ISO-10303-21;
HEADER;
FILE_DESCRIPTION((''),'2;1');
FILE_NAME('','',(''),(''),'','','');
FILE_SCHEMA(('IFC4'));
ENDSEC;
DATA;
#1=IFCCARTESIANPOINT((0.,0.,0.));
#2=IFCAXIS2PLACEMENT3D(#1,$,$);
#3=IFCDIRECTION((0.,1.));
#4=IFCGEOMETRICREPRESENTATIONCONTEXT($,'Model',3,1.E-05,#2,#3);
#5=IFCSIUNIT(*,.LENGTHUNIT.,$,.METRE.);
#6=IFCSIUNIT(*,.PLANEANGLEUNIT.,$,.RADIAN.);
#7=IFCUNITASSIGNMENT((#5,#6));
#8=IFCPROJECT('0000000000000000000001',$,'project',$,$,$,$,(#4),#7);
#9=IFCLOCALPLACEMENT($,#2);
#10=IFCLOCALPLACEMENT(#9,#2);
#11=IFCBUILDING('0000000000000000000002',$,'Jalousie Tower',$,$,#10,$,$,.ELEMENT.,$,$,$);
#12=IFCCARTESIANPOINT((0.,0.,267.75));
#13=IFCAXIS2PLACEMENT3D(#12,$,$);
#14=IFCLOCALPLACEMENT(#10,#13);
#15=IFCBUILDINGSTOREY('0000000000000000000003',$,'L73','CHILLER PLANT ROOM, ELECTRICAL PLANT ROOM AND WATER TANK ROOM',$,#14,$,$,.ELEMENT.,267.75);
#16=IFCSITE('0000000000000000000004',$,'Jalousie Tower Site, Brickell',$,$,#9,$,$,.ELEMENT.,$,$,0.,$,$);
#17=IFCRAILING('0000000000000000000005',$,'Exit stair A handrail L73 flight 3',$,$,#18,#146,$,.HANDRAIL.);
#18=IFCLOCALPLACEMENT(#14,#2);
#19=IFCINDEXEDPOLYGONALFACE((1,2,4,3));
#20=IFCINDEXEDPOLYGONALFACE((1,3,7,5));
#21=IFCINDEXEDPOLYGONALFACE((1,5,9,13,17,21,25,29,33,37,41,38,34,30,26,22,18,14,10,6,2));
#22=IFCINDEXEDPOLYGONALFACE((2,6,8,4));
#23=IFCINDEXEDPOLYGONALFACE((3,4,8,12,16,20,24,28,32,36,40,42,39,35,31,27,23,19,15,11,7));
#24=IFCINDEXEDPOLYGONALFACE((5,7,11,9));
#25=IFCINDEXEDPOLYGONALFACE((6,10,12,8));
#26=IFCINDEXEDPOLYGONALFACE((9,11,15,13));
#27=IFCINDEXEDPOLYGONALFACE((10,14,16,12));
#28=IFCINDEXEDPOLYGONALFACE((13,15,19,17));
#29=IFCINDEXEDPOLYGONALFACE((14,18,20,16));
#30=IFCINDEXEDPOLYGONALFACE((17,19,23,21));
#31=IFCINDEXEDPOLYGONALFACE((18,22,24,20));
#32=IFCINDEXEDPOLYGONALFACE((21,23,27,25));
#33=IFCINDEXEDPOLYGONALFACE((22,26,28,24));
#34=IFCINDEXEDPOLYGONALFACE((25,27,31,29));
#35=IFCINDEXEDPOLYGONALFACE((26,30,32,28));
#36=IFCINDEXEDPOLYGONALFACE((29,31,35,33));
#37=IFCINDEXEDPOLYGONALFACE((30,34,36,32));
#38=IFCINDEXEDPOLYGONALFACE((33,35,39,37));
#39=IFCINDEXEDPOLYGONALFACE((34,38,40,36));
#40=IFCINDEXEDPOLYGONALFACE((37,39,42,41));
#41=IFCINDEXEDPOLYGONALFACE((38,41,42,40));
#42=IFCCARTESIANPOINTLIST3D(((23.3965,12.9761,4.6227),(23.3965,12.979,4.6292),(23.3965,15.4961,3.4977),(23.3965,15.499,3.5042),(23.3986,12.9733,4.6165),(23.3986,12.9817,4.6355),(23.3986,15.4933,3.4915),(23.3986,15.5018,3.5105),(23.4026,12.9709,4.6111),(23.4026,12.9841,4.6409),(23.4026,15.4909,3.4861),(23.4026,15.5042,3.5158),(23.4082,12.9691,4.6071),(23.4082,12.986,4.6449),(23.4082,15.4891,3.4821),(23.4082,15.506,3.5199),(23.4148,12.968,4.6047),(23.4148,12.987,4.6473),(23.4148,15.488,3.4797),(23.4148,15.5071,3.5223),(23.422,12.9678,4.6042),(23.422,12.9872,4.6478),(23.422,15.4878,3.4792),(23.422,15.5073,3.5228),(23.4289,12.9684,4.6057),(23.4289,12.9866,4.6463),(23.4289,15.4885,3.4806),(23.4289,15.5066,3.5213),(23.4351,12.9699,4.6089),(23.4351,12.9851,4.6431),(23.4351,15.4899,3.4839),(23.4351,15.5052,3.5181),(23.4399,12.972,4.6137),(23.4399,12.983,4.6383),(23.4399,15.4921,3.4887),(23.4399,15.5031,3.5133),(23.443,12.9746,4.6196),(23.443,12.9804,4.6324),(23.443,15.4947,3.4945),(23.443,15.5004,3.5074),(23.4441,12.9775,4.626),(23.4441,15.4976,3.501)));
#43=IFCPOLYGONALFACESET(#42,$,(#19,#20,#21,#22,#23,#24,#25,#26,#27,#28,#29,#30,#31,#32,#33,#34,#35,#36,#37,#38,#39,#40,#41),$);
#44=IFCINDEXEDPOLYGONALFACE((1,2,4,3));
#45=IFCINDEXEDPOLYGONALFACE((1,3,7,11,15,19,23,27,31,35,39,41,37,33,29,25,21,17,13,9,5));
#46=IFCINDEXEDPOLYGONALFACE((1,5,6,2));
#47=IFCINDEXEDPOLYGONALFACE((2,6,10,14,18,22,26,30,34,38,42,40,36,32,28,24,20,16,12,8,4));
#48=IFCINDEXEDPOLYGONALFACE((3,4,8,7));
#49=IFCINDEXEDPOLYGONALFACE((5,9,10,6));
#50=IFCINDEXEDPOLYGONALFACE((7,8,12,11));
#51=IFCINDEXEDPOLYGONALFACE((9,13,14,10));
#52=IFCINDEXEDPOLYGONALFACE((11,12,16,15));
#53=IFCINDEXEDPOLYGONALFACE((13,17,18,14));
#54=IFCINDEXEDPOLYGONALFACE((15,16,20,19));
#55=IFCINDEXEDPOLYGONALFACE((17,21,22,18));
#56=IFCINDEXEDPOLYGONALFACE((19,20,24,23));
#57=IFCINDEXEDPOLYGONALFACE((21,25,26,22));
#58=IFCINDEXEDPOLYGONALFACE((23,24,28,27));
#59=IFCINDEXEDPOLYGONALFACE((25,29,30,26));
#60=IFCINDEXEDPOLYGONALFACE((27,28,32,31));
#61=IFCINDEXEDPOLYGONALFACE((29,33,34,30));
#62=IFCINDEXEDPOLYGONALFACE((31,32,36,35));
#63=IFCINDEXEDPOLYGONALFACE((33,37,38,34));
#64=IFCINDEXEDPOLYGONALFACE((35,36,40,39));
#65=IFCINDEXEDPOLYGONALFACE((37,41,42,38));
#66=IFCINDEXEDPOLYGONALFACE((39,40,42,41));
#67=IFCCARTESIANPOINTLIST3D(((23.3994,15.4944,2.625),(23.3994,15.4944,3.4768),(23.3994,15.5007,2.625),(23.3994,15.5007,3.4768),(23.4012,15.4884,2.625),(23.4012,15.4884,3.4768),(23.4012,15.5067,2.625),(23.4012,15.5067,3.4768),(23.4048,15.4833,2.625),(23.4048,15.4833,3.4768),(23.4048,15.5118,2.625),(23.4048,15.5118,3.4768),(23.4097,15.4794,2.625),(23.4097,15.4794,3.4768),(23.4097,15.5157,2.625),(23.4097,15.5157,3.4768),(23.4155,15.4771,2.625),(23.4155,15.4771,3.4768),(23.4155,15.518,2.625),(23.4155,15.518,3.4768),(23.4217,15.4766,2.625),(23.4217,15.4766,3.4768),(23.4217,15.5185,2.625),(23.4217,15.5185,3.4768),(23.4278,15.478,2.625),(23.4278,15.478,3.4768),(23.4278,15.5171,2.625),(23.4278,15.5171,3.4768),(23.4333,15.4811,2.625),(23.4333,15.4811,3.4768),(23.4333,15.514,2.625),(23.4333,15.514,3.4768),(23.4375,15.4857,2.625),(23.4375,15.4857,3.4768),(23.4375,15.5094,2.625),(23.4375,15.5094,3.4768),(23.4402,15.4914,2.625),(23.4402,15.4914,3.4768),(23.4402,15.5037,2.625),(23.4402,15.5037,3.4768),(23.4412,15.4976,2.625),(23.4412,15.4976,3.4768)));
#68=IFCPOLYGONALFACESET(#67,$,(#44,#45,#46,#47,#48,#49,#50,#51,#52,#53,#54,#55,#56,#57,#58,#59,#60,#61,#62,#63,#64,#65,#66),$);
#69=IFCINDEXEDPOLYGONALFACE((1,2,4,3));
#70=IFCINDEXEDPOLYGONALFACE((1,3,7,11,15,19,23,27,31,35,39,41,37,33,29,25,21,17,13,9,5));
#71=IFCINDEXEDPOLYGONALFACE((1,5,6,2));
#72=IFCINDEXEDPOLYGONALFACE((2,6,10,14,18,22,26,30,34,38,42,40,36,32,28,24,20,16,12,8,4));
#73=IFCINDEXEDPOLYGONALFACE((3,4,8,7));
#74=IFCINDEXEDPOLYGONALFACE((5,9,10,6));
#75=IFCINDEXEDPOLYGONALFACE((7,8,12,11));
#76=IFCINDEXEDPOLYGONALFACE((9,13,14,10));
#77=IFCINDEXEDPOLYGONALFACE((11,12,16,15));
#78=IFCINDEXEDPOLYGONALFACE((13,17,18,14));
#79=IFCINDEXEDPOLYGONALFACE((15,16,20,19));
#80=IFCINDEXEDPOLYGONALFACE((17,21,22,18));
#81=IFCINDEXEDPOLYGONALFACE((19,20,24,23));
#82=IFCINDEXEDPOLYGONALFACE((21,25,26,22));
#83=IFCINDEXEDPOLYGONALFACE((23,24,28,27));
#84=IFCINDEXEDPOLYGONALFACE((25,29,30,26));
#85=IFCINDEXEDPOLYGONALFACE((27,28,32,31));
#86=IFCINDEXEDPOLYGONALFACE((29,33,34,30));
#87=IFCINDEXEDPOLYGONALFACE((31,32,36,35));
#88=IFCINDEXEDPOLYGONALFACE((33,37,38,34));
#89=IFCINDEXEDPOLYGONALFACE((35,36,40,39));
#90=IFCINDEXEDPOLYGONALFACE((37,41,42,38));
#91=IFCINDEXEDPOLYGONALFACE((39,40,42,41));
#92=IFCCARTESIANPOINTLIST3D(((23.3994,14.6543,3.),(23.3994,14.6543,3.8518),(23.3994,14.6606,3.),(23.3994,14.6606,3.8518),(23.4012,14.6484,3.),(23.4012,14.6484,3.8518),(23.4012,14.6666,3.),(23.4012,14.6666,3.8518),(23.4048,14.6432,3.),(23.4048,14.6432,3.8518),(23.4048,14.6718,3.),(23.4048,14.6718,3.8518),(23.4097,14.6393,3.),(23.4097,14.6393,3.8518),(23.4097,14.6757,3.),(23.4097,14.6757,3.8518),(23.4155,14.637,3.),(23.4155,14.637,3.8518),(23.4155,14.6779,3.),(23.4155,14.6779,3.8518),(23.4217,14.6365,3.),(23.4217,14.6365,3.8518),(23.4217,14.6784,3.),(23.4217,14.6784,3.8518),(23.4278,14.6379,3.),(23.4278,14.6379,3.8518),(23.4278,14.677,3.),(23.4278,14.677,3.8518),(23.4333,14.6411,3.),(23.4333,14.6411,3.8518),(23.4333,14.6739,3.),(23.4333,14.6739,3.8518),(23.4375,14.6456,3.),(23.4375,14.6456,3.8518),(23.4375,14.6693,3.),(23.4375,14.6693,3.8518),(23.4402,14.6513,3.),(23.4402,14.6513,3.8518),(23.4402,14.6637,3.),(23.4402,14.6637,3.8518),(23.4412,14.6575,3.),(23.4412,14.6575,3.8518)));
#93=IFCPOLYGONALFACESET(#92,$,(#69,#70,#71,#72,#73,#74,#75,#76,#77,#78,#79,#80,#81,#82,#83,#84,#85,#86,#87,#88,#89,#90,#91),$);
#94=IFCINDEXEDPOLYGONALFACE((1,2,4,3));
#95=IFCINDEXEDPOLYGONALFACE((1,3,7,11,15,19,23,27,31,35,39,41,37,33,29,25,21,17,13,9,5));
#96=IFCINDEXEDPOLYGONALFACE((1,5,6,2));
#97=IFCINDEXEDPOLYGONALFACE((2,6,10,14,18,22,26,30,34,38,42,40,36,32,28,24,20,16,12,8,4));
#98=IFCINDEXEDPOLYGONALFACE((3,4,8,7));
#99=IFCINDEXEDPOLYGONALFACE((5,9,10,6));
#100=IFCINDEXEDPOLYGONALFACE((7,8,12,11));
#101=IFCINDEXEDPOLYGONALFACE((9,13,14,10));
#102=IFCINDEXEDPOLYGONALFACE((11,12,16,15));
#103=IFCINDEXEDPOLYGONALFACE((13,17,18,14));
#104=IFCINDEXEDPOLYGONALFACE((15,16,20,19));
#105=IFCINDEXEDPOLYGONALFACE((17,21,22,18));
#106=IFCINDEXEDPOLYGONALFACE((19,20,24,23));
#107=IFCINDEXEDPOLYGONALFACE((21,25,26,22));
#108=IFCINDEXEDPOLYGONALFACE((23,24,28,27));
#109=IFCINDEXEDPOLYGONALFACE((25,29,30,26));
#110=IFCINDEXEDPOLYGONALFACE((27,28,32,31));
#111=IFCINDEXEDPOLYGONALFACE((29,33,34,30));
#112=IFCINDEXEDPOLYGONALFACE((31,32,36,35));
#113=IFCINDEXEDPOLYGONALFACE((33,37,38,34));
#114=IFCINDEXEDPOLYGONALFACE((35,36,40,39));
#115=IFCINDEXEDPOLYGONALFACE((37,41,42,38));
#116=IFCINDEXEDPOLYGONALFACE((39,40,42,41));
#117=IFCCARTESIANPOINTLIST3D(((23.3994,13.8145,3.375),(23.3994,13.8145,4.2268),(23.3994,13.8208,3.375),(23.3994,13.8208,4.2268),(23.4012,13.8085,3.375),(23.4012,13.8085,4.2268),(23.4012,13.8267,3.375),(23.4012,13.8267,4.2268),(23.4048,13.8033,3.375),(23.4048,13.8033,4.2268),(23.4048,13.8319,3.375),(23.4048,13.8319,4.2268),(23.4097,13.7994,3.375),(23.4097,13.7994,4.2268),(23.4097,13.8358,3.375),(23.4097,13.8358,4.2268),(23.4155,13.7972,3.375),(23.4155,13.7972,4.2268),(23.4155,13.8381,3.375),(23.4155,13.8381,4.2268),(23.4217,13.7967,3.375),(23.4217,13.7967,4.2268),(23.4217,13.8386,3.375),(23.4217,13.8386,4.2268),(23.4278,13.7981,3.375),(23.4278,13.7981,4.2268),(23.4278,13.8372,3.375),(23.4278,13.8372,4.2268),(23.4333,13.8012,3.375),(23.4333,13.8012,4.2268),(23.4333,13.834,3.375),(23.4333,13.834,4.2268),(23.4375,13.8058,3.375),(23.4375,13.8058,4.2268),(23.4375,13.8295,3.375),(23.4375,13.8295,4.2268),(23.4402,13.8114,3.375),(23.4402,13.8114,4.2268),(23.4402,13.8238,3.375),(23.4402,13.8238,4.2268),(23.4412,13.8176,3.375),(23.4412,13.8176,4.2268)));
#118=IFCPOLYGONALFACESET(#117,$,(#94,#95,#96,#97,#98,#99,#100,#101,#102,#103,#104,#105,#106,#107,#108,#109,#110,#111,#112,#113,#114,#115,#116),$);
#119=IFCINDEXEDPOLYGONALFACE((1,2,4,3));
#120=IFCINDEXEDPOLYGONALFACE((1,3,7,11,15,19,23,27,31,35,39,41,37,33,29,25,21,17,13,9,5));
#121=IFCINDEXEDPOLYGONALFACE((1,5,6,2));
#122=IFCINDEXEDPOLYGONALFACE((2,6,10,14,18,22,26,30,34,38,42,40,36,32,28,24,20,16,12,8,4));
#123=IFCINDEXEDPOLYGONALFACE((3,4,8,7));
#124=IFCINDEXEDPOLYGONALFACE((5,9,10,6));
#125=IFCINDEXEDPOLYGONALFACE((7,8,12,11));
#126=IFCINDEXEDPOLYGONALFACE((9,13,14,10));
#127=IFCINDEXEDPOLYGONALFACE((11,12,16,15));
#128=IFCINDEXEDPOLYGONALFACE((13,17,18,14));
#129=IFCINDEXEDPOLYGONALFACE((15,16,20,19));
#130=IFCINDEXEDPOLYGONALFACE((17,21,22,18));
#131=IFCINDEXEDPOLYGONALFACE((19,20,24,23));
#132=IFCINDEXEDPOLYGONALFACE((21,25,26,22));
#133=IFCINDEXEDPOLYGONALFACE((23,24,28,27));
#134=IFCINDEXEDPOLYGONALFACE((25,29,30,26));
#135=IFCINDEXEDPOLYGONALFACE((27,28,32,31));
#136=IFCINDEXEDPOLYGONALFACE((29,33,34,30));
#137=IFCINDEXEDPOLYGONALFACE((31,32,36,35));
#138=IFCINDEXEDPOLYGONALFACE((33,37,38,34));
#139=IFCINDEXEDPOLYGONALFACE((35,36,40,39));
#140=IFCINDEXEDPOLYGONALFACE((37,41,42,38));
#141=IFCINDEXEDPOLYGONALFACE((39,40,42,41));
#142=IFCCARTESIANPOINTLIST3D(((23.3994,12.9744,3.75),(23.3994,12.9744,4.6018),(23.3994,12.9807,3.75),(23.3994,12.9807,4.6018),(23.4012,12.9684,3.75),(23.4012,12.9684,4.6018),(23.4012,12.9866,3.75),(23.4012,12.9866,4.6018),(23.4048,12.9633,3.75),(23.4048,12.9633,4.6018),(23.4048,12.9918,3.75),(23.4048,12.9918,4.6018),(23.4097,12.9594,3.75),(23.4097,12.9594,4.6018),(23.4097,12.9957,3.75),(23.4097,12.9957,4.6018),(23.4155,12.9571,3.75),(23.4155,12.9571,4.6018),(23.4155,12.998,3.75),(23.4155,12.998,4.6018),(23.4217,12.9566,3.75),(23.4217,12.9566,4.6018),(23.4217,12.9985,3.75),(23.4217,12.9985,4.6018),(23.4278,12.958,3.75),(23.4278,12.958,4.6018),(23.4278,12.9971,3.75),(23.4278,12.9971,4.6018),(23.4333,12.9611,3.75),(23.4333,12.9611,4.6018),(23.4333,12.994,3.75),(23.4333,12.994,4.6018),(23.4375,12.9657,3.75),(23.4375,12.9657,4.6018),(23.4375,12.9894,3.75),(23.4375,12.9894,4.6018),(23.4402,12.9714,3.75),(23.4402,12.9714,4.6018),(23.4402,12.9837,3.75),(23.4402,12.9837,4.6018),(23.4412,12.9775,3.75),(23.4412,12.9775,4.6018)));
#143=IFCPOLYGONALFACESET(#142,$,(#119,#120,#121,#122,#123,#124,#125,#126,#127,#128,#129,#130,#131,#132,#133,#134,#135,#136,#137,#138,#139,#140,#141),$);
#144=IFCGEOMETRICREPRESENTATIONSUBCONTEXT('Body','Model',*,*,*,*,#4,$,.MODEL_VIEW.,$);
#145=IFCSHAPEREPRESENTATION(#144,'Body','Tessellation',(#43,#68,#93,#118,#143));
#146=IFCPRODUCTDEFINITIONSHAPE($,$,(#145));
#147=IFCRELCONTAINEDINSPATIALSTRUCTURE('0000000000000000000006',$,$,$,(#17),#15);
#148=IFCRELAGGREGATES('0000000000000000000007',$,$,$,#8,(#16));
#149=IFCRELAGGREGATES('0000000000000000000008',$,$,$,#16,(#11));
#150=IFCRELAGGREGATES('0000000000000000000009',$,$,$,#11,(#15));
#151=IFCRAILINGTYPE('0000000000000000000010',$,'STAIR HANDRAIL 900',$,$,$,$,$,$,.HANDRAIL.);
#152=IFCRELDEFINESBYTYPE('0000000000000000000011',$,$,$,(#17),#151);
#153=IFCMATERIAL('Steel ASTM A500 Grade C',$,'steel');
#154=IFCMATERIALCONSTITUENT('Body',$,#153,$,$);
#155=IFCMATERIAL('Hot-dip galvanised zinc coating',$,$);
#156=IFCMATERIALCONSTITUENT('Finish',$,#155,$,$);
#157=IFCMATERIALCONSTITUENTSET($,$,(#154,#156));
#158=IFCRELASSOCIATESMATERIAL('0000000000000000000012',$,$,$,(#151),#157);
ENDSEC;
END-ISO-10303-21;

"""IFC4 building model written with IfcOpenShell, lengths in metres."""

from ifc_helpers import new_model, si_unit, direction, frame, origin, origin_2d, place, context, subcontext, project, spatial, circle, extrude, material, constituent, constituent_set, type_object, element, save


model = new_model("IFC4")

# Units and contexts
model_context = context("Model", 3, precision=1e-05, world=origin(), true_north=direction((0.0, 1.0)))
body_context = subcontext(model_context, "Body", "Model", "MODEL_VIEW")
ifc_project = project(units=[si_unit("LENGTHUNIT", "METRE"), si_unit("PLANEANGLEUNIT", "RADIAN")], contexts=[model_context])

# Site, building, storey
site_placement = place(None, origin())
site = spatial("IfcSite", under=ifc_project, at=site_placement, Name="Jalousie Tower Site, Brickell", CompositionType="ELEMENT", RefElevation=0.0)
building_placement = place(site_placement, origin())
building = spatial("IfcBuilding", under=site, at=building_placement, Name="Jalousie Tower", CompositionType="ELEMENT")
storey_placement = place(building_placement, frame((0.0, 0.0, 267.75)))
storey = spatial("IfcBuildingStorey", under=building, at=storey_placement, Name="L73", Description="CHILLER PLANT ROOM, ELECTRICAL PLANT ROOM AND WATER TANK ROOM", CompositionType="ELEMENT", Elevation=267.75)

# Railing
ifc_material_1 = material(Name="Steel ASTM A500 Grade C", Category="steel")
ifc_constituent_1 = constituent(ifc_material_1, Name="Body")
ifc_material_2 = material(Name="Hot-dip galvanised zinc coating")
ifc_constituent_2 = constituent(ifc_material_2, Name="Finish")
ifc_constituent_set = constituent_set(constituents=[ifc_constituent_1, ifc_constituent_2])
railing_type = type_object("IfcRailingType", Name="STAIR HANDRAIL 900", PredefinedType="HANDRAIL", material=ifc_constituent_set)
railing_placement = place(storey_placement, frame((23.4202, 15.4976, 2.625)))
element("IfcRailing", 1, at=railing_placement, inside=storey, type_object=railing_type, Name="Exit stair A handrail L73 flight 3", PredefinedType="HANDRAIL", context=body_context, shape_type="SweptSolid", body=[
    extrude(circle(Radius=0.0239, at=origin_2d()), frame((0.0, 0.0, 0.876), z_axis=(0.0, -0.913139, 0.407648), x_axis=(1.0, 0.0, 0.0)), (0.0, 0.0, 1.0), 2.7598),
    extrude(circle(Radius=0.021, at=origin_2d()), origin(), (0.0, 0.0, 1.0), 0.8518),
    extrude(circle(Radius=0.021, at=origin_2d()), frame((0.0, -0.8401, 0.375)), (0.0, 0.0, 1.0), 0.8518),
    extrude(circle(Radius=0.021, at=origin_2d()), frame((0.0, -1.6799, 0.75)), (0.0, 0.0, 1.0), 0.8518),
    extrude(circle(Radius=0.021, at=origin_2d()), frame((0.0, -2.52, 1.125)), (0.0, 0.0, 1.0), 0.8518),
])

save(model, "model.ifc")
